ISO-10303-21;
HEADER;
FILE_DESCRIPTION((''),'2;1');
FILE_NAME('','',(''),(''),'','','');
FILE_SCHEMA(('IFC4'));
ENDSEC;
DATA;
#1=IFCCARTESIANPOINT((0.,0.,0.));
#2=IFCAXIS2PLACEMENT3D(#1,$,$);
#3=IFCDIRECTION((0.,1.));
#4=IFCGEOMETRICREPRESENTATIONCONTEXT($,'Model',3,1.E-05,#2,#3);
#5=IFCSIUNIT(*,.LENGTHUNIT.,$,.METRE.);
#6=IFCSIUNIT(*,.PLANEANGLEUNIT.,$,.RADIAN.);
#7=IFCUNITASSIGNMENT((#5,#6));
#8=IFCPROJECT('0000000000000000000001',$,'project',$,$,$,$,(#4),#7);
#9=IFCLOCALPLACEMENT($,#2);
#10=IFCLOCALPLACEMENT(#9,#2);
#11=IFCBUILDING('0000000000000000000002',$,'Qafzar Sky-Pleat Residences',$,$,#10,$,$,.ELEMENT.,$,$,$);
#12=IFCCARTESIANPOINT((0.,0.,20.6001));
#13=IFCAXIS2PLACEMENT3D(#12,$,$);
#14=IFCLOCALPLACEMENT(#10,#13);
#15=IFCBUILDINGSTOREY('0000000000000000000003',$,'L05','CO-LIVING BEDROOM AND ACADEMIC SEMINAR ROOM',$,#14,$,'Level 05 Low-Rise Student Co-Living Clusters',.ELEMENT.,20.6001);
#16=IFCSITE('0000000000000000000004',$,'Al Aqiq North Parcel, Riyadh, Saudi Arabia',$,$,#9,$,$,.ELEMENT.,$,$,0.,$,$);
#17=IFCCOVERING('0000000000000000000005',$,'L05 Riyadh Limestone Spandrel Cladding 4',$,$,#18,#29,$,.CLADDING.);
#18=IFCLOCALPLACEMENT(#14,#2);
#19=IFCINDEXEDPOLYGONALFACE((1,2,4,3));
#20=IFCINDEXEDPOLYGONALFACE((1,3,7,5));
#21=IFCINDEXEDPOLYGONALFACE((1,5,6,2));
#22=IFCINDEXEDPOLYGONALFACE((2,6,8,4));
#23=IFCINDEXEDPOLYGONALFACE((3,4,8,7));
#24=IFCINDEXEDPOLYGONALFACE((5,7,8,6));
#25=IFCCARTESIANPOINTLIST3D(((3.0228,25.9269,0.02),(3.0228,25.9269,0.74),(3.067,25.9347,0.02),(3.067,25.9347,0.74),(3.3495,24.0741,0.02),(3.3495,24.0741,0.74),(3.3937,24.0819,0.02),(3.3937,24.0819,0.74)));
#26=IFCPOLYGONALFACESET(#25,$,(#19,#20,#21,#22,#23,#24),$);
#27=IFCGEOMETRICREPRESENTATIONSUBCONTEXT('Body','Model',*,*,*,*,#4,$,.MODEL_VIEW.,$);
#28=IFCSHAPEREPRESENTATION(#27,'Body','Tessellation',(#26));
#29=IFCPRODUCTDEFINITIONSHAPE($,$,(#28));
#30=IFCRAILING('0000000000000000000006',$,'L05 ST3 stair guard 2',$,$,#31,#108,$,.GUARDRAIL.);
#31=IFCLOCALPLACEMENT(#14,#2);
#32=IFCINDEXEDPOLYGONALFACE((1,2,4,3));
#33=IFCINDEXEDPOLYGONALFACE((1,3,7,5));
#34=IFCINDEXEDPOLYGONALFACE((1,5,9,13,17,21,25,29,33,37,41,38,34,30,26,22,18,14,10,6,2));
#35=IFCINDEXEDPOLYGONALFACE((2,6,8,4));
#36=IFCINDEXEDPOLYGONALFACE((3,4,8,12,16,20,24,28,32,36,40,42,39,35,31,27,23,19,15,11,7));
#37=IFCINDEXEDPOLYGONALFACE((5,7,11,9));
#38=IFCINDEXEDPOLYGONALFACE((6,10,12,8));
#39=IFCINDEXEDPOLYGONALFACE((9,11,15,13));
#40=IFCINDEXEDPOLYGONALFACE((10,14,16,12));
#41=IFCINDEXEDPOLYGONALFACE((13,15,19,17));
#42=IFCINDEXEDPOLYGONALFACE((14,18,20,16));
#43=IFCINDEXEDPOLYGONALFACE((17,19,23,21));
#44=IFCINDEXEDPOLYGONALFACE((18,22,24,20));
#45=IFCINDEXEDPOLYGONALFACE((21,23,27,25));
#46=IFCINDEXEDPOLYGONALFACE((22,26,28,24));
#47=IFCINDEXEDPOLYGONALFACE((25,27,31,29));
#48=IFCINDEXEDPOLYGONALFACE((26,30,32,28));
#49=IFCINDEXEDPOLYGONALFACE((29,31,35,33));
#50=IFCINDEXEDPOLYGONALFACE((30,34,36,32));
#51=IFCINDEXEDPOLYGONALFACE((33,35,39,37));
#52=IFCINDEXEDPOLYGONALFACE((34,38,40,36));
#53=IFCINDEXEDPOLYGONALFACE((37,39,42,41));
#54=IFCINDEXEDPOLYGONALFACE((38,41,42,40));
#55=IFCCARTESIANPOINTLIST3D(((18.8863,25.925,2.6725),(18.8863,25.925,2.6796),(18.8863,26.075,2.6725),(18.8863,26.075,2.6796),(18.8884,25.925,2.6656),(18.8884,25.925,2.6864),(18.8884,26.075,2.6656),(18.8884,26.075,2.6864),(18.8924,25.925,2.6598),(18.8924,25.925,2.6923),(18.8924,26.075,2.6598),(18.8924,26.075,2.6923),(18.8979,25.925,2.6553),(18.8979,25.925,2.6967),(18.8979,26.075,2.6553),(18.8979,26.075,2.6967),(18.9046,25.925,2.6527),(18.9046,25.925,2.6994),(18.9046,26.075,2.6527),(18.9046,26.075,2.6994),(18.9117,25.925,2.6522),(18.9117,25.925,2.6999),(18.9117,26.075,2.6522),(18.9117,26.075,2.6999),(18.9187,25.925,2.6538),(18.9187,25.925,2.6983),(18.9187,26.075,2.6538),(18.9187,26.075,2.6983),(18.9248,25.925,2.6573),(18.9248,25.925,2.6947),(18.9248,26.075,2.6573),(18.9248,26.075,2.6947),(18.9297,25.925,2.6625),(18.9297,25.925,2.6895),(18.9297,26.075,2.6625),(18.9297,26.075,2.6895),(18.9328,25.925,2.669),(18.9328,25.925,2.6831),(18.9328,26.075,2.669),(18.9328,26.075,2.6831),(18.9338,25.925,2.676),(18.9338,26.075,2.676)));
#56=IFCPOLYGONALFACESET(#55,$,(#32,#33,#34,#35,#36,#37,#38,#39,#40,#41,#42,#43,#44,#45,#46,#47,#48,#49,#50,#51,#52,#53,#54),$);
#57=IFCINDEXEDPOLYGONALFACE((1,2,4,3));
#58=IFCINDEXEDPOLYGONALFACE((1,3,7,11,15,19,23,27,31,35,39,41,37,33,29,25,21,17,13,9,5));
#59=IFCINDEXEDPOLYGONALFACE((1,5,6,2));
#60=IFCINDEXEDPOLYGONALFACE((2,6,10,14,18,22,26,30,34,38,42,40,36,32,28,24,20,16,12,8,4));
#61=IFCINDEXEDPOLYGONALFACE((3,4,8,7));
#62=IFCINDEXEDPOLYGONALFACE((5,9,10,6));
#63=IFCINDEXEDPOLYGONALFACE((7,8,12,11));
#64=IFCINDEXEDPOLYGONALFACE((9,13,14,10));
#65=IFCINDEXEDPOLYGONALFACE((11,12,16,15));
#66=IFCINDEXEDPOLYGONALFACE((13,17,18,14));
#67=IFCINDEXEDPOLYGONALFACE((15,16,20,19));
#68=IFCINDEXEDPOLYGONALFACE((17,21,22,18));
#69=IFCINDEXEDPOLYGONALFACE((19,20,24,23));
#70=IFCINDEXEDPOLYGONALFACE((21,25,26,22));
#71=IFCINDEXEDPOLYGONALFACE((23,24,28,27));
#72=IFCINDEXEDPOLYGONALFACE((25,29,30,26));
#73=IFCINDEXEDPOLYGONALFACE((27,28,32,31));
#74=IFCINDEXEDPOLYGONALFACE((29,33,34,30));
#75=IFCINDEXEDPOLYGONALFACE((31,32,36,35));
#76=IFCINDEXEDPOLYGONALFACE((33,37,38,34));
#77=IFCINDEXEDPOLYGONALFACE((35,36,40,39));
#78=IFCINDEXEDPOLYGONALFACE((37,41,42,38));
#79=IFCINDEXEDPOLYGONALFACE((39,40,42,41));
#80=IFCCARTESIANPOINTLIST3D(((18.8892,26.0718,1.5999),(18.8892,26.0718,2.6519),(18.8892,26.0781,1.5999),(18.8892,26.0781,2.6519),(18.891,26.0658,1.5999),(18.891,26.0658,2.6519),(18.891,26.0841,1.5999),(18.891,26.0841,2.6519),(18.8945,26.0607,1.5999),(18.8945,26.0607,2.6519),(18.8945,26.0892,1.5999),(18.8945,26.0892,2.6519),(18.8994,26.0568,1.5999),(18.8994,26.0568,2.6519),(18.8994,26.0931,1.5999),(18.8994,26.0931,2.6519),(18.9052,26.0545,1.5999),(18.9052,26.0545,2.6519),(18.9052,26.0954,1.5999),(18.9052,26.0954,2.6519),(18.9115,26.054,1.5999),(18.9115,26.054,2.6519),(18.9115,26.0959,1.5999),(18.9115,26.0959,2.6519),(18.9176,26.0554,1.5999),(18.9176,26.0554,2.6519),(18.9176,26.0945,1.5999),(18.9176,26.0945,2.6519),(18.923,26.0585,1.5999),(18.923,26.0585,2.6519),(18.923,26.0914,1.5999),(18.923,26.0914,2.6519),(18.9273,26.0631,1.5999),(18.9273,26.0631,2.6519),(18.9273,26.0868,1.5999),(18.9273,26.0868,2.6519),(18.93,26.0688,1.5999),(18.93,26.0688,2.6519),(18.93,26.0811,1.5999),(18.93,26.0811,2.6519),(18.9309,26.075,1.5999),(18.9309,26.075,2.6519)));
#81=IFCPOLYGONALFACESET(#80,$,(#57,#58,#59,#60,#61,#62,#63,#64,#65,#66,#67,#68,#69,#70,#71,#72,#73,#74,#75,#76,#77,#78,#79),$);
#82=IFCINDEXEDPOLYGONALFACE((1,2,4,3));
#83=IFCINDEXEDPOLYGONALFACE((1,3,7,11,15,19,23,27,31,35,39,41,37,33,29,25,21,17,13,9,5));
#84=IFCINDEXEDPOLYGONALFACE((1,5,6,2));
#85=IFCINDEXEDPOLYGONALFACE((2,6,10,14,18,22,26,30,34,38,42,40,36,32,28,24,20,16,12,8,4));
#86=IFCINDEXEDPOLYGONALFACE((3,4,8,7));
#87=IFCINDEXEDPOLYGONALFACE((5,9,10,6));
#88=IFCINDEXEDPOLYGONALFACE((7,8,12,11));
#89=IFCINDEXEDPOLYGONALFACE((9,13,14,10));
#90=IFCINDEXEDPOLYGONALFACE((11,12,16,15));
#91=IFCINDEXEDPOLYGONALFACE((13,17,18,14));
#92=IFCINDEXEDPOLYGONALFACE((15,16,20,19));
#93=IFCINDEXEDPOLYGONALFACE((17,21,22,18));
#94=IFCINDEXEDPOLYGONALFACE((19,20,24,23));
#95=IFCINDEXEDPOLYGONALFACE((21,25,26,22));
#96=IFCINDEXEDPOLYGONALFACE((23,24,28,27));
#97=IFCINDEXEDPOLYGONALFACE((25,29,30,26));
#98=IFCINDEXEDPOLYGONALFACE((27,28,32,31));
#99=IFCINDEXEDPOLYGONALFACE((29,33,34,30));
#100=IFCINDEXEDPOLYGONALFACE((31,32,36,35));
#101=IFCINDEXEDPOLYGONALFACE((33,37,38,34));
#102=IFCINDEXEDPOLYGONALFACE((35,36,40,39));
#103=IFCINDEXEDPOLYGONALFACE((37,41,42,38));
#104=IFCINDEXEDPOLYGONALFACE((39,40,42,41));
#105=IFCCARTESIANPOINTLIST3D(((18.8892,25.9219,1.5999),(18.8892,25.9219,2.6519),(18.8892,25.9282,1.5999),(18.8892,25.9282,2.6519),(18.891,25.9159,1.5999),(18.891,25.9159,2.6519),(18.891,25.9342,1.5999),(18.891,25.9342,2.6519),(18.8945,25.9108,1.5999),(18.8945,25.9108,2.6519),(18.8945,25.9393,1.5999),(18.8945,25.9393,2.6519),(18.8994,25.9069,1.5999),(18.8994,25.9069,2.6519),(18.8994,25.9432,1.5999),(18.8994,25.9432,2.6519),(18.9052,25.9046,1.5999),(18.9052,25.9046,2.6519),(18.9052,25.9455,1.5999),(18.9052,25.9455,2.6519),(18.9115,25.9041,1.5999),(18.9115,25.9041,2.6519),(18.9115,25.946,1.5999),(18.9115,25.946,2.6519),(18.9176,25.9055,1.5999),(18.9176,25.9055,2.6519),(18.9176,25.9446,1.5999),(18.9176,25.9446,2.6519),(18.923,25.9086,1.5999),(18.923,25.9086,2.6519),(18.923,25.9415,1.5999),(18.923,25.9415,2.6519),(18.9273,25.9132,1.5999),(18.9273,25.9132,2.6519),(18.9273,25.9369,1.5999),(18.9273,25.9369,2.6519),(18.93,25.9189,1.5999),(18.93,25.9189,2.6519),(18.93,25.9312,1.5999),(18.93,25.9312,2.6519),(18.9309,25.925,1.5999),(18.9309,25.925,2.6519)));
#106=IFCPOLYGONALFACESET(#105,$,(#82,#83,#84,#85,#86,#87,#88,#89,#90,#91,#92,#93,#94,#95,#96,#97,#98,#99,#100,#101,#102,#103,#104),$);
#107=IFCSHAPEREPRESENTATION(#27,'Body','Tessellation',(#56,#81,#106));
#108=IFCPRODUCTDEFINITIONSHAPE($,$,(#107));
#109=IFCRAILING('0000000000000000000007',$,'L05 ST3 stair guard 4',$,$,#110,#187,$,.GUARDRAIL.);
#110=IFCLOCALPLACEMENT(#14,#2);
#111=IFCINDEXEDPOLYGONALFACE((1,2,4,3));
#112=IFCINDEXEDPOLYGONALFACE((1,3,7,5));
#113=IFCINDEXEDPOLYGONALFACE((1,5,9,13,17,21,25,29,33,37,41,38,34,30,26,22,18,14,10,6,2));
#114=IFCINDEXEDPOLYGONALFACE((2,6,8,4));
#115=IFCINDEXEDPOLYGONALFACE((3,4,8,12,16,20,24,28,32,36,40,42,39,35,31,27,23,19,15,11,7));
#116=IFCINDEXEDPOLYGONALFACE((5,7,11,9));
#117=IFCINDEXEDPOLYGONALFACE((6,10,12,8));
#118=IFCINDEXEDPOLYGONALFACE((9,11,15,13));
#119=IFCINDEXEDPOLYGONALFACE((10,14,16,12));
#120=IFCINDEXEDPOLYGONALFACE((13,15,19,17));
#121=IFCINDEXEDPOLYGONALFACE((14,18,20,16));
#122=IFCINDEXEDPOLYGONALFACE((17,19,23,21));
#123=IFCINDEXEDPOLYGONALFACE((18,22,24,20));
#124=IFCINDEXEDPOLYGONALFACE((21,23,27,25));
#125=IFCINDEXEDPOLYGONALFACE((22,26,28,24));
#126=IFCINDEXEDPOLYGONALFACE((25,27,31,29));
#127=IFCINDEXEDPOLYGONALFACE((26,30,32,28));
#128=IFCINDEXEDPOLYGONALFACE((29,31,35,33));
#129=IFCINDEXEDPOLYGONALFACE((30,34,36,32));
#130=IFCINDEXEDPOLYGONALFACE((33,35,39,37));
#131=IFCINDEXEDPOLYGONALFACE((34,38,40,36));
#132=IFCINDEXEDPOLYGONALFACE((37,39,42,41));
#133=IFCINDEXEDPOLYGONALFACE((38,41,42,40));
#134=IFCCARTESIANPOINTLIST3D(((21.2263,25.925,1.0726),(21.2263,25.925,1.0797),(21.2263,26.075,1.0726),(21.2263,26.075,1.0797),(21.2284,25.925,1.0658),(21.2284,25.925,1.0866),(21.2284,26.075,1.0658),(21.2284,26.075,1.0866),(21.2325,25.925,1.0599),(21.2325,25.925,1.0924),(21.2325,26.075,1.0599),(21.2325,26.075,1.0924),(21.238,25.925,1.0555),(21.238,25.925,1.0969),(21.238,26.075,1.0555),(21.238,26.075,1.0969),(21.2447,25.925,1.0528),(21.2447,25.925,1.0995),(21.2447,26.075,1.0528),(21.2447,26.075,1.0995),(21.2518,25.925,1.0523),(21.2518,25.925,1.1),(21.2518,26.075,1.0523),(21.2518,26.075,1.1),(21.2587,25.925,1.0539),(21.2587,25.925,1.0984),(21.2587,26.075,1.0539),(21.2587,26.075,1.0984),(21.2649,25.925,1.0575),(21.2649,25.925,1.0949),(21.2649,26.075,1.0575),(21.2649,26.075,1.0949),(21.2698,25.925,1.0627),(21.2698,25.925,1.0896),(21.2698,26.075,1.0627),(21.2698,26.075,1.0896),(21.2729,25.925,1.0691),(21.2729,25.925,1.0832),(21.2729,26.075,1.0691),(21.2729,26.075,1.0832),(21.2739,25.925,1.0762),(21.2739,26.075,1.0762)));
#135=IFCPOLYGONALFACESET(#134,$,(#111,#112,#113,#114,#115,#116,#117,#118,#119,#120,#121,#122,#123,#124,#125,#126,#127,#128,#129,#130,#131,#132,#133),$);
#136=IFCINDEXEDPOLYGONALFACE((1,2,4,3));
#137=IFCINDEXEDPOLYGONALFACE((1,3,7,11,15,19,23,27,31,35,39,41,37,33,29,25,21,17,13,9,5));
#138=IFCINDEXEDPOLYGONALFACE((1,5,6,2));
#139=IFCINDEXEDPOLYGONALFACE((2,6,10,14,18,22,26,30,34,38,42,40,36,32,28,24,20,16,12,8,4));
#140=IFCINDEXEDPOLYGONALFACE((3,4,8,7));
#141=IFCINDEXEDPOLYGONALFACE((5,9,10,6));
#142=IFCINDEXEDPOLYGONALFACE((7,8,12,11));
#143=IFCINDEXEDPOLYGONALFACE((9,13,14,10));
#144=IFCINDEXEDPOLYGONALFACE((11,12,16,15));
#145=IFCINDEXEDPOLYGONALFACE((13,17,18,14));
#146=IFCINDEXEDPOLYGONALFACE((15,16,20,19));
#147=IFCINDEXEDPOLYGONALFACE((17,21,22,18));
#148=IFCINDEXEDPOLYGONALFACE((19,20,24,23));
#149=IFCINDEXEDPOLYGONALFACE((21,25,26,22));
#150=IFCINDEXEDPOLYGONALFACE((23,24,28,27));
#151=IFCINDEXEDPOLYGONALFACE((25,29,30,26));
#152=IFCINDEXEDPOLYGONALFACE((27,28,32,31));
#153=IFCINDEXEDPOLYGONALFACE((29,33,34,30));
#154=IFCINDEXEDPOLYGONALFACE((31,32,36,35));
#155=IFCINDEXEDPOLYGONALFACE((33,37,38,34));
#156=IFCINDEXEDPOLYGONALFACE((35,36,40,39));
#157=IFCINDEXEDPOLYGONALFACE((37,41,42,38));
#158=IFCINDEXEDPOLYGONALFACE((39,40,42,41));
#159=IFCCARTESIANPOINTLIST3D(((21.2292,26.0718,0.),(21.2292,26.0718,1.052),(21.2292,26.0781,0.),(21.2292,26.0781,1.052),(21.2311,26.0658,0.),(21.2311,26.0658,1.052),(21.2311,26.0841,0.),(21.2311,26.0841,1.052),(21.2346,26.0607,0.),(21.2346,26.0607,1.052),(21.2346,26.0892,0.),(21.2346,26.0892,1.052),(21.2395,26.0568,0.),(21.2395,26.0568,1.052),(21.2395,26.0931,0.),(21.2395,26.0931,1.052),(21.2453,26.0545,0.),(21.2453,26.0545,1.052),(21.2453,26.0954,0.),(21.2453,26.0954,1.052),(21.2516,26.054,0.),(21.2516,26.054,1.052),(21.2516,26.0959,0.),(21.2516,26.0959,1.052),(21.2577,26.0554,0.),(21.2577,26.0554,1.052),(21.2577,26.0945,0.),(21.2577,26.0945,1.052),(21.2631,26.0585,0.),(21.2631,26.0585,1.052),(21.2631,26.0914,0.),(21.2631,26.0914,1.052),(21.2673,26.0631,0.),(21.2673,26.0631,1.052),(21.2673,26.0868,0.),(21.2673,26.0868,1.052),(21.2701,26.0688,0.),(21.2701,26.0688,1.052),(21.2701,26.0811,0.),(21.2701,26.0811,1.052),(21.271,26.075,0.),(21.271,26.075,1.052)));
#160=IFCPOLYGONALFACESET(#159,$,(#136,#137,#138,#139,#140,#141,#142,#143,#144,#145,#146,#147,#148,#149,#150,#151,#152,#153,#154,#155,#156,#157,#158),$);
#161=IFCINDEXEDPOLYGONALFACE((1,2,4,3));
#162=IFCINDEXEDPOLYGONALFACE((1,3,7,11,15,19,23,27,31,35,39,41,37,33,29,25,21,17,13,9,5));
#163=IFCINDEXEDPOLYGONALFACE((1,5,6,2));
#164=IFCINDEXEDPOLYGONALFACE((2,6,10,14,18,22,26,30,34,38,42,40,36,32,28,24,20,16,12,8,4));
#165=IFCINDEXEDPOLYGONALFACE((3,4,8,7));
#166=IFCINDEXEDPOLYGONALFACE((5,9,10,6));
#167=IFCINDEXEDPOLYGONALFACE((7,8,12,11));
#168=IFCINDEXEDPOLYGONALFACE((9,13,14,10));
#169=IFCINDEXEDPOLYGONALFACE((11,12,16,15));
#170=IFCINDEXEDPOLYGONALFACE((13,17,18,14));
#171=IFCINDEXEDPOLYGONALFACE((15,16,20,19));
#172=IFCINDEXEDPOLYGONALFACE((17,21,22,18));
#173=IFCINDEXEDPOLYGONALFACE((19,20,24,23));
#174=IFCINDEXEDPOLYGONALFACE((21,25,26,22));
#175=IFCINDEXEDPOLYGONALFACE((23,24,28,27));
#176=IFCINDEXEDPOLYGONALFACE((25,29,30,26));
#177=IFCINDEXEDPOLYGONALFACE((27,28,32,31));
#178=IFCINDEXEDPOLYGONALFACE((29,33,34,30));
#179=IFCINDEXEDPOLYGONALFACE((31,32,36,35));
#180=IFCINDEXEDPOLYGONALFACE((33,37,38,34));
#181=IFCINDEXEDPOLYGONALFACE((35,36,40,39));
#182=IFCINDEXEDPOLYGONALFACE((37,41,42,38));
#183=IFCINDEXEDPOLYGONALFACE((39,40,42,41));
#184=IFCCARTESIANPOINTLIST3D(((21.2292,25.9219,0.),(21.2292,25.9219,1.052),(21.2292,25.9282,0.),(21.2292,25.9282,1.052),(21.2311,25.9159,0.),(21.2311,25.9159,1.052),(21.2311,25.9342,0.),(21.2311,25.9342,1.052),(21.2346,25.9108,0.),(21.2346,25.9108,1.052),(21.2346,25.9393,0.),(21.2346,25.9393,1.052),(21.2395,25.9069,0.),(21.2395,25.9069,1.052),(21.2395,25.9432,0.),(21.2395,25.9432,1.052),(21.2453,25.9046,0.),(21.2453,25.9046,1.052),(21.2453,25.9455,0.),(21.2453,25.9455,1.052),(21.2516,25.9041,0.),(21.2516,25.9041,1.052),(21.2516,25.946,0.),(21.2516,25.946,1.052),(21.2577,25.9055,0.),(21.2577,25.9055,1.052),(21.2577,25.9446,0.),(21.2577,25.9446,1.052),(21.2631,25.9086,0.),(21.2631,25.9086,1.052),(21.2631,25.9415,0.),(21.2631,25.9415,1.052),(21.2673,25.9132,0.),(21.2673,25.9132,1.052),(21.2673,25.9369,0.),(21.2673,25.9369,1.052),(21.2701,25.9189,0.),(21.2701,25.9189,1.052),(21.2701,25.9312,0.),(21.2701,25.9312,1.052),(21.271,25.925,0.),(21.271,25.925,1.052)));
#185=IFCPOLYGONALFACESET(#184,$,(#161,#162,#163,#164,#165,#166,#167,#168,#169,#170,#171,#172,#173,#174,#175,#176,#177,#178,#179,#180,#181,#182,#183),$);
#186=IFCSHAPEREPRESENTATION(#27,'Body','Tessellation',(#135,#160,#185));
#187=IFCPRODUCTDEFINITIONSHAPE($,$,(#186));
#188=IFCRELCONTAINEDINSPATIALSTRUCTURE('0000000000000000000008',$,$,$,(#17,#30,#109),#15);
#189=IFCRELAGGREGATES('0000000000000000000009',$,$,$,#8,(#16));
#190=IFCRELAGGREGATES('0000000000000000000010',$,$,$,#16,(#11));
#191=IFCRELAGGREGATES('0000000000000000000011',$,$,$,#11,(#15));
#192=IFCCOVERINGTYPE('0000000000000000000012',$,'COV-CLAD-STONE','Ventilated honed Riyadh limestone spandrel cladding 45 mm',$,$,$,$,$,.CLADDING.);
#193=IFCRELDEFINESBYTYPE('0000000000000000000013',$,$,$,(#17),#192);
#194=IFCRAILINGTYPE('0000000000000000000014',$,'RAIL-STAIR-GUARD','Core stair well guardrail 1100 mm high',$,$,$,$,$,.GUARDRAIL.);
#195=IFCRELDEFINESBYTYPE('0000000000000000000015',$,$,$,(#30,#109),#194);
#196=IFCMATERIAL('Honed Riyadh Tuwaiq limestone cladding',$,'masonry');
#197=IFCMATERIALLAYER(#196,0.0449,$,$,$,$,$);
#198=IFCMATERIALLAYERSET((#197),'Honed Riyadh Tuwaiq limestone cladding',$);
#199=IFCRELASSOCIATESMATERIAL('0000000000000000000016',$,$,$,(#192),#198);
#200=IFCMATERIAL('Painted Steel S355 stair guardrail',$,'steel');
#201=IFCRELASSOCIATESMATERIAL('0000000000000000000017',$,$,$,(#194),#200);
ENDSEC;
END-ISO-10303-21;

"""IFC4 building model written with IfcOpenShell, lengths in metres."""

from ifc_helpers import new_model, si_unit, direction, frame, origin, origin_2d, place, context, subcontext, project, spatial, rectangle, circle, extrude, source, transform, mapped, material, layer, layer_set, type_object, element, save


model = new_model("IFC4")

# Units and contexts
model_context = context("Model", 3, precision=1e-05, world=origin(), true_north=direction((0.0, 1.0)))
body_context = subcontext(model_context, "Body", "Model", "MODEL_VIEW")
ifc_project = project(units=[si_unit("LENGTHUNIT", "METRE"), si_unit("PLANEANGLEUNIT", "RADIAN")], contexts=[model_context])

# Site, building, storey
site_placement = place(None, origin())
site = spatial("IfcSite", under=ifc_project, at=site_placement, Name="Al Aqiq North Parcel, Riyadh, Saudi Arabia", CompositionType="ELEMENT", RefElevation=0.0)
building_placement = place(site_placement, origin())
building = spatial("IfcBuilding", under=site, at=building_placement, Name="Qafzar Sky-Pleat Residences", CompositionType="ELEMENT")
storey_placement = place(building_placement, frame((0.0, 0.0, 20.6001)))
storey = spatial("IfcBuildingStorey", under=building, at=storey_placement, Name="L05", Description="CO-LIVING BEDROOM AND ACADEMIC SEMINAR ROOM", LongName="Level 05 Low-Rise Student Co-Living Clusters", CompositionType="ELEMENT", Elevation=20.6001)

# Covering
ifc_material_1 = material(Name="Honed Riyadh Tuwaiq limestone cladding", Category="masonry")
ifc_layer_1 = layer(ifc_material_1, 0.0449)
ifc_layer_set_1 = layer_set([ifc_layer_1], Name="Honed Riyadh Tuwaiq limestone cladding")
covering_type = type_object("IfcCoveringType", Name="COV-CLAD-STONE", Description="Ventilated honed Riyadh limestone spandrel cladding 45 mm", PredefinedType="CLADDING", material=ifc_layer_set_1)
shared_shape_1 = source(origin(), body_context, "Body", "SweptSolid", [
    extrude(rectangle(XDim=1.8813, YDim=0.0449, at=origin_2d()), origin(), (0.0, 0.0, 1.0), 0.72),
])
covering_1_placement = place(storey_placement, frame((3.2083, 25.0044, 0.02), z_axis=(0.0, 0.0, 1.0), x_axis=(0.173663, -0.984805, 0.0)))
element("IfcCovering", 1, at=covering_1_placement, inside=storey, type_object=covering_type, Name="L05 Riyadh Limestone Spandrel Cladding 4", PredefinedType="CLADDING", context=body_context, shape_type="MappedRepresentation", body=[
    mapped(shared_shape_1, transform((0.0, 0.0, 0.0), x_axis=(1.0, 0.0, 0.0), y_axis=(0.0, 1.0, 0.0), z_axis=(0.0, 0.0, 1.0), scale=1.0)),
])

# Railings
ifc_material_2 = material(Name="Painted Steel S355 stair guardrail", Category="steel")
railing_type_1 = type_object("IfcRailingType", Name="RAIL-STAIR-GUARD", Description="Core stair well guardrail 1100 mm high", PredefinedType="GUARDRAIL", material=ifc_material_2)
shared_shape_2 = source(origin(), body_context, "Body", "SweptSolid", [
    extrude(circle(Radius=0.0239, at=origin_2d()), frame((0.0, 0.0, 1.0762), z_axis=(0.0, -1.0, 0.0), x_axis=(1.0, 0.0, 0.0)), (0.0, 0.0, 1.0), 0.1499),
    extrude(circle(Radius=0.021, at=origin_2d()), origin(), (0.0, 0.0, 1.0), 1.052),
    extrude(circle(Radius=0.021, at=origin_2d()), frame((0.0, -0.1499, 0.0)), (0.0, 0.0, 1.0), 1.052),
])
for number, where, name in (
    (2, (18.9099, 26.075, 1.5999), "L05 ST3 stair guard 2"),
    (3, (21.25, 26.075, 0.0), "L05 ST3 stair guard 4"),
):
    element("IfcRailing", number, at=place(storey_placement, frame(where)), inside=storey, type_object=railing_type_1, Name=name, PredefinedType="GUARDRAIL", context=body_context, shape_type="MappedRepresentation", body=[
        mapped(shared_shape_2, transform((0.0, 0.0, 0.0), x_axis=(1.0, 0.0, 0.0), y_axis=(0.0, 1.0, 0.0), z_axis=(0.0, 0.0, 1.0), scale=1.0)),
    ])

save(model, "model.ifc")
